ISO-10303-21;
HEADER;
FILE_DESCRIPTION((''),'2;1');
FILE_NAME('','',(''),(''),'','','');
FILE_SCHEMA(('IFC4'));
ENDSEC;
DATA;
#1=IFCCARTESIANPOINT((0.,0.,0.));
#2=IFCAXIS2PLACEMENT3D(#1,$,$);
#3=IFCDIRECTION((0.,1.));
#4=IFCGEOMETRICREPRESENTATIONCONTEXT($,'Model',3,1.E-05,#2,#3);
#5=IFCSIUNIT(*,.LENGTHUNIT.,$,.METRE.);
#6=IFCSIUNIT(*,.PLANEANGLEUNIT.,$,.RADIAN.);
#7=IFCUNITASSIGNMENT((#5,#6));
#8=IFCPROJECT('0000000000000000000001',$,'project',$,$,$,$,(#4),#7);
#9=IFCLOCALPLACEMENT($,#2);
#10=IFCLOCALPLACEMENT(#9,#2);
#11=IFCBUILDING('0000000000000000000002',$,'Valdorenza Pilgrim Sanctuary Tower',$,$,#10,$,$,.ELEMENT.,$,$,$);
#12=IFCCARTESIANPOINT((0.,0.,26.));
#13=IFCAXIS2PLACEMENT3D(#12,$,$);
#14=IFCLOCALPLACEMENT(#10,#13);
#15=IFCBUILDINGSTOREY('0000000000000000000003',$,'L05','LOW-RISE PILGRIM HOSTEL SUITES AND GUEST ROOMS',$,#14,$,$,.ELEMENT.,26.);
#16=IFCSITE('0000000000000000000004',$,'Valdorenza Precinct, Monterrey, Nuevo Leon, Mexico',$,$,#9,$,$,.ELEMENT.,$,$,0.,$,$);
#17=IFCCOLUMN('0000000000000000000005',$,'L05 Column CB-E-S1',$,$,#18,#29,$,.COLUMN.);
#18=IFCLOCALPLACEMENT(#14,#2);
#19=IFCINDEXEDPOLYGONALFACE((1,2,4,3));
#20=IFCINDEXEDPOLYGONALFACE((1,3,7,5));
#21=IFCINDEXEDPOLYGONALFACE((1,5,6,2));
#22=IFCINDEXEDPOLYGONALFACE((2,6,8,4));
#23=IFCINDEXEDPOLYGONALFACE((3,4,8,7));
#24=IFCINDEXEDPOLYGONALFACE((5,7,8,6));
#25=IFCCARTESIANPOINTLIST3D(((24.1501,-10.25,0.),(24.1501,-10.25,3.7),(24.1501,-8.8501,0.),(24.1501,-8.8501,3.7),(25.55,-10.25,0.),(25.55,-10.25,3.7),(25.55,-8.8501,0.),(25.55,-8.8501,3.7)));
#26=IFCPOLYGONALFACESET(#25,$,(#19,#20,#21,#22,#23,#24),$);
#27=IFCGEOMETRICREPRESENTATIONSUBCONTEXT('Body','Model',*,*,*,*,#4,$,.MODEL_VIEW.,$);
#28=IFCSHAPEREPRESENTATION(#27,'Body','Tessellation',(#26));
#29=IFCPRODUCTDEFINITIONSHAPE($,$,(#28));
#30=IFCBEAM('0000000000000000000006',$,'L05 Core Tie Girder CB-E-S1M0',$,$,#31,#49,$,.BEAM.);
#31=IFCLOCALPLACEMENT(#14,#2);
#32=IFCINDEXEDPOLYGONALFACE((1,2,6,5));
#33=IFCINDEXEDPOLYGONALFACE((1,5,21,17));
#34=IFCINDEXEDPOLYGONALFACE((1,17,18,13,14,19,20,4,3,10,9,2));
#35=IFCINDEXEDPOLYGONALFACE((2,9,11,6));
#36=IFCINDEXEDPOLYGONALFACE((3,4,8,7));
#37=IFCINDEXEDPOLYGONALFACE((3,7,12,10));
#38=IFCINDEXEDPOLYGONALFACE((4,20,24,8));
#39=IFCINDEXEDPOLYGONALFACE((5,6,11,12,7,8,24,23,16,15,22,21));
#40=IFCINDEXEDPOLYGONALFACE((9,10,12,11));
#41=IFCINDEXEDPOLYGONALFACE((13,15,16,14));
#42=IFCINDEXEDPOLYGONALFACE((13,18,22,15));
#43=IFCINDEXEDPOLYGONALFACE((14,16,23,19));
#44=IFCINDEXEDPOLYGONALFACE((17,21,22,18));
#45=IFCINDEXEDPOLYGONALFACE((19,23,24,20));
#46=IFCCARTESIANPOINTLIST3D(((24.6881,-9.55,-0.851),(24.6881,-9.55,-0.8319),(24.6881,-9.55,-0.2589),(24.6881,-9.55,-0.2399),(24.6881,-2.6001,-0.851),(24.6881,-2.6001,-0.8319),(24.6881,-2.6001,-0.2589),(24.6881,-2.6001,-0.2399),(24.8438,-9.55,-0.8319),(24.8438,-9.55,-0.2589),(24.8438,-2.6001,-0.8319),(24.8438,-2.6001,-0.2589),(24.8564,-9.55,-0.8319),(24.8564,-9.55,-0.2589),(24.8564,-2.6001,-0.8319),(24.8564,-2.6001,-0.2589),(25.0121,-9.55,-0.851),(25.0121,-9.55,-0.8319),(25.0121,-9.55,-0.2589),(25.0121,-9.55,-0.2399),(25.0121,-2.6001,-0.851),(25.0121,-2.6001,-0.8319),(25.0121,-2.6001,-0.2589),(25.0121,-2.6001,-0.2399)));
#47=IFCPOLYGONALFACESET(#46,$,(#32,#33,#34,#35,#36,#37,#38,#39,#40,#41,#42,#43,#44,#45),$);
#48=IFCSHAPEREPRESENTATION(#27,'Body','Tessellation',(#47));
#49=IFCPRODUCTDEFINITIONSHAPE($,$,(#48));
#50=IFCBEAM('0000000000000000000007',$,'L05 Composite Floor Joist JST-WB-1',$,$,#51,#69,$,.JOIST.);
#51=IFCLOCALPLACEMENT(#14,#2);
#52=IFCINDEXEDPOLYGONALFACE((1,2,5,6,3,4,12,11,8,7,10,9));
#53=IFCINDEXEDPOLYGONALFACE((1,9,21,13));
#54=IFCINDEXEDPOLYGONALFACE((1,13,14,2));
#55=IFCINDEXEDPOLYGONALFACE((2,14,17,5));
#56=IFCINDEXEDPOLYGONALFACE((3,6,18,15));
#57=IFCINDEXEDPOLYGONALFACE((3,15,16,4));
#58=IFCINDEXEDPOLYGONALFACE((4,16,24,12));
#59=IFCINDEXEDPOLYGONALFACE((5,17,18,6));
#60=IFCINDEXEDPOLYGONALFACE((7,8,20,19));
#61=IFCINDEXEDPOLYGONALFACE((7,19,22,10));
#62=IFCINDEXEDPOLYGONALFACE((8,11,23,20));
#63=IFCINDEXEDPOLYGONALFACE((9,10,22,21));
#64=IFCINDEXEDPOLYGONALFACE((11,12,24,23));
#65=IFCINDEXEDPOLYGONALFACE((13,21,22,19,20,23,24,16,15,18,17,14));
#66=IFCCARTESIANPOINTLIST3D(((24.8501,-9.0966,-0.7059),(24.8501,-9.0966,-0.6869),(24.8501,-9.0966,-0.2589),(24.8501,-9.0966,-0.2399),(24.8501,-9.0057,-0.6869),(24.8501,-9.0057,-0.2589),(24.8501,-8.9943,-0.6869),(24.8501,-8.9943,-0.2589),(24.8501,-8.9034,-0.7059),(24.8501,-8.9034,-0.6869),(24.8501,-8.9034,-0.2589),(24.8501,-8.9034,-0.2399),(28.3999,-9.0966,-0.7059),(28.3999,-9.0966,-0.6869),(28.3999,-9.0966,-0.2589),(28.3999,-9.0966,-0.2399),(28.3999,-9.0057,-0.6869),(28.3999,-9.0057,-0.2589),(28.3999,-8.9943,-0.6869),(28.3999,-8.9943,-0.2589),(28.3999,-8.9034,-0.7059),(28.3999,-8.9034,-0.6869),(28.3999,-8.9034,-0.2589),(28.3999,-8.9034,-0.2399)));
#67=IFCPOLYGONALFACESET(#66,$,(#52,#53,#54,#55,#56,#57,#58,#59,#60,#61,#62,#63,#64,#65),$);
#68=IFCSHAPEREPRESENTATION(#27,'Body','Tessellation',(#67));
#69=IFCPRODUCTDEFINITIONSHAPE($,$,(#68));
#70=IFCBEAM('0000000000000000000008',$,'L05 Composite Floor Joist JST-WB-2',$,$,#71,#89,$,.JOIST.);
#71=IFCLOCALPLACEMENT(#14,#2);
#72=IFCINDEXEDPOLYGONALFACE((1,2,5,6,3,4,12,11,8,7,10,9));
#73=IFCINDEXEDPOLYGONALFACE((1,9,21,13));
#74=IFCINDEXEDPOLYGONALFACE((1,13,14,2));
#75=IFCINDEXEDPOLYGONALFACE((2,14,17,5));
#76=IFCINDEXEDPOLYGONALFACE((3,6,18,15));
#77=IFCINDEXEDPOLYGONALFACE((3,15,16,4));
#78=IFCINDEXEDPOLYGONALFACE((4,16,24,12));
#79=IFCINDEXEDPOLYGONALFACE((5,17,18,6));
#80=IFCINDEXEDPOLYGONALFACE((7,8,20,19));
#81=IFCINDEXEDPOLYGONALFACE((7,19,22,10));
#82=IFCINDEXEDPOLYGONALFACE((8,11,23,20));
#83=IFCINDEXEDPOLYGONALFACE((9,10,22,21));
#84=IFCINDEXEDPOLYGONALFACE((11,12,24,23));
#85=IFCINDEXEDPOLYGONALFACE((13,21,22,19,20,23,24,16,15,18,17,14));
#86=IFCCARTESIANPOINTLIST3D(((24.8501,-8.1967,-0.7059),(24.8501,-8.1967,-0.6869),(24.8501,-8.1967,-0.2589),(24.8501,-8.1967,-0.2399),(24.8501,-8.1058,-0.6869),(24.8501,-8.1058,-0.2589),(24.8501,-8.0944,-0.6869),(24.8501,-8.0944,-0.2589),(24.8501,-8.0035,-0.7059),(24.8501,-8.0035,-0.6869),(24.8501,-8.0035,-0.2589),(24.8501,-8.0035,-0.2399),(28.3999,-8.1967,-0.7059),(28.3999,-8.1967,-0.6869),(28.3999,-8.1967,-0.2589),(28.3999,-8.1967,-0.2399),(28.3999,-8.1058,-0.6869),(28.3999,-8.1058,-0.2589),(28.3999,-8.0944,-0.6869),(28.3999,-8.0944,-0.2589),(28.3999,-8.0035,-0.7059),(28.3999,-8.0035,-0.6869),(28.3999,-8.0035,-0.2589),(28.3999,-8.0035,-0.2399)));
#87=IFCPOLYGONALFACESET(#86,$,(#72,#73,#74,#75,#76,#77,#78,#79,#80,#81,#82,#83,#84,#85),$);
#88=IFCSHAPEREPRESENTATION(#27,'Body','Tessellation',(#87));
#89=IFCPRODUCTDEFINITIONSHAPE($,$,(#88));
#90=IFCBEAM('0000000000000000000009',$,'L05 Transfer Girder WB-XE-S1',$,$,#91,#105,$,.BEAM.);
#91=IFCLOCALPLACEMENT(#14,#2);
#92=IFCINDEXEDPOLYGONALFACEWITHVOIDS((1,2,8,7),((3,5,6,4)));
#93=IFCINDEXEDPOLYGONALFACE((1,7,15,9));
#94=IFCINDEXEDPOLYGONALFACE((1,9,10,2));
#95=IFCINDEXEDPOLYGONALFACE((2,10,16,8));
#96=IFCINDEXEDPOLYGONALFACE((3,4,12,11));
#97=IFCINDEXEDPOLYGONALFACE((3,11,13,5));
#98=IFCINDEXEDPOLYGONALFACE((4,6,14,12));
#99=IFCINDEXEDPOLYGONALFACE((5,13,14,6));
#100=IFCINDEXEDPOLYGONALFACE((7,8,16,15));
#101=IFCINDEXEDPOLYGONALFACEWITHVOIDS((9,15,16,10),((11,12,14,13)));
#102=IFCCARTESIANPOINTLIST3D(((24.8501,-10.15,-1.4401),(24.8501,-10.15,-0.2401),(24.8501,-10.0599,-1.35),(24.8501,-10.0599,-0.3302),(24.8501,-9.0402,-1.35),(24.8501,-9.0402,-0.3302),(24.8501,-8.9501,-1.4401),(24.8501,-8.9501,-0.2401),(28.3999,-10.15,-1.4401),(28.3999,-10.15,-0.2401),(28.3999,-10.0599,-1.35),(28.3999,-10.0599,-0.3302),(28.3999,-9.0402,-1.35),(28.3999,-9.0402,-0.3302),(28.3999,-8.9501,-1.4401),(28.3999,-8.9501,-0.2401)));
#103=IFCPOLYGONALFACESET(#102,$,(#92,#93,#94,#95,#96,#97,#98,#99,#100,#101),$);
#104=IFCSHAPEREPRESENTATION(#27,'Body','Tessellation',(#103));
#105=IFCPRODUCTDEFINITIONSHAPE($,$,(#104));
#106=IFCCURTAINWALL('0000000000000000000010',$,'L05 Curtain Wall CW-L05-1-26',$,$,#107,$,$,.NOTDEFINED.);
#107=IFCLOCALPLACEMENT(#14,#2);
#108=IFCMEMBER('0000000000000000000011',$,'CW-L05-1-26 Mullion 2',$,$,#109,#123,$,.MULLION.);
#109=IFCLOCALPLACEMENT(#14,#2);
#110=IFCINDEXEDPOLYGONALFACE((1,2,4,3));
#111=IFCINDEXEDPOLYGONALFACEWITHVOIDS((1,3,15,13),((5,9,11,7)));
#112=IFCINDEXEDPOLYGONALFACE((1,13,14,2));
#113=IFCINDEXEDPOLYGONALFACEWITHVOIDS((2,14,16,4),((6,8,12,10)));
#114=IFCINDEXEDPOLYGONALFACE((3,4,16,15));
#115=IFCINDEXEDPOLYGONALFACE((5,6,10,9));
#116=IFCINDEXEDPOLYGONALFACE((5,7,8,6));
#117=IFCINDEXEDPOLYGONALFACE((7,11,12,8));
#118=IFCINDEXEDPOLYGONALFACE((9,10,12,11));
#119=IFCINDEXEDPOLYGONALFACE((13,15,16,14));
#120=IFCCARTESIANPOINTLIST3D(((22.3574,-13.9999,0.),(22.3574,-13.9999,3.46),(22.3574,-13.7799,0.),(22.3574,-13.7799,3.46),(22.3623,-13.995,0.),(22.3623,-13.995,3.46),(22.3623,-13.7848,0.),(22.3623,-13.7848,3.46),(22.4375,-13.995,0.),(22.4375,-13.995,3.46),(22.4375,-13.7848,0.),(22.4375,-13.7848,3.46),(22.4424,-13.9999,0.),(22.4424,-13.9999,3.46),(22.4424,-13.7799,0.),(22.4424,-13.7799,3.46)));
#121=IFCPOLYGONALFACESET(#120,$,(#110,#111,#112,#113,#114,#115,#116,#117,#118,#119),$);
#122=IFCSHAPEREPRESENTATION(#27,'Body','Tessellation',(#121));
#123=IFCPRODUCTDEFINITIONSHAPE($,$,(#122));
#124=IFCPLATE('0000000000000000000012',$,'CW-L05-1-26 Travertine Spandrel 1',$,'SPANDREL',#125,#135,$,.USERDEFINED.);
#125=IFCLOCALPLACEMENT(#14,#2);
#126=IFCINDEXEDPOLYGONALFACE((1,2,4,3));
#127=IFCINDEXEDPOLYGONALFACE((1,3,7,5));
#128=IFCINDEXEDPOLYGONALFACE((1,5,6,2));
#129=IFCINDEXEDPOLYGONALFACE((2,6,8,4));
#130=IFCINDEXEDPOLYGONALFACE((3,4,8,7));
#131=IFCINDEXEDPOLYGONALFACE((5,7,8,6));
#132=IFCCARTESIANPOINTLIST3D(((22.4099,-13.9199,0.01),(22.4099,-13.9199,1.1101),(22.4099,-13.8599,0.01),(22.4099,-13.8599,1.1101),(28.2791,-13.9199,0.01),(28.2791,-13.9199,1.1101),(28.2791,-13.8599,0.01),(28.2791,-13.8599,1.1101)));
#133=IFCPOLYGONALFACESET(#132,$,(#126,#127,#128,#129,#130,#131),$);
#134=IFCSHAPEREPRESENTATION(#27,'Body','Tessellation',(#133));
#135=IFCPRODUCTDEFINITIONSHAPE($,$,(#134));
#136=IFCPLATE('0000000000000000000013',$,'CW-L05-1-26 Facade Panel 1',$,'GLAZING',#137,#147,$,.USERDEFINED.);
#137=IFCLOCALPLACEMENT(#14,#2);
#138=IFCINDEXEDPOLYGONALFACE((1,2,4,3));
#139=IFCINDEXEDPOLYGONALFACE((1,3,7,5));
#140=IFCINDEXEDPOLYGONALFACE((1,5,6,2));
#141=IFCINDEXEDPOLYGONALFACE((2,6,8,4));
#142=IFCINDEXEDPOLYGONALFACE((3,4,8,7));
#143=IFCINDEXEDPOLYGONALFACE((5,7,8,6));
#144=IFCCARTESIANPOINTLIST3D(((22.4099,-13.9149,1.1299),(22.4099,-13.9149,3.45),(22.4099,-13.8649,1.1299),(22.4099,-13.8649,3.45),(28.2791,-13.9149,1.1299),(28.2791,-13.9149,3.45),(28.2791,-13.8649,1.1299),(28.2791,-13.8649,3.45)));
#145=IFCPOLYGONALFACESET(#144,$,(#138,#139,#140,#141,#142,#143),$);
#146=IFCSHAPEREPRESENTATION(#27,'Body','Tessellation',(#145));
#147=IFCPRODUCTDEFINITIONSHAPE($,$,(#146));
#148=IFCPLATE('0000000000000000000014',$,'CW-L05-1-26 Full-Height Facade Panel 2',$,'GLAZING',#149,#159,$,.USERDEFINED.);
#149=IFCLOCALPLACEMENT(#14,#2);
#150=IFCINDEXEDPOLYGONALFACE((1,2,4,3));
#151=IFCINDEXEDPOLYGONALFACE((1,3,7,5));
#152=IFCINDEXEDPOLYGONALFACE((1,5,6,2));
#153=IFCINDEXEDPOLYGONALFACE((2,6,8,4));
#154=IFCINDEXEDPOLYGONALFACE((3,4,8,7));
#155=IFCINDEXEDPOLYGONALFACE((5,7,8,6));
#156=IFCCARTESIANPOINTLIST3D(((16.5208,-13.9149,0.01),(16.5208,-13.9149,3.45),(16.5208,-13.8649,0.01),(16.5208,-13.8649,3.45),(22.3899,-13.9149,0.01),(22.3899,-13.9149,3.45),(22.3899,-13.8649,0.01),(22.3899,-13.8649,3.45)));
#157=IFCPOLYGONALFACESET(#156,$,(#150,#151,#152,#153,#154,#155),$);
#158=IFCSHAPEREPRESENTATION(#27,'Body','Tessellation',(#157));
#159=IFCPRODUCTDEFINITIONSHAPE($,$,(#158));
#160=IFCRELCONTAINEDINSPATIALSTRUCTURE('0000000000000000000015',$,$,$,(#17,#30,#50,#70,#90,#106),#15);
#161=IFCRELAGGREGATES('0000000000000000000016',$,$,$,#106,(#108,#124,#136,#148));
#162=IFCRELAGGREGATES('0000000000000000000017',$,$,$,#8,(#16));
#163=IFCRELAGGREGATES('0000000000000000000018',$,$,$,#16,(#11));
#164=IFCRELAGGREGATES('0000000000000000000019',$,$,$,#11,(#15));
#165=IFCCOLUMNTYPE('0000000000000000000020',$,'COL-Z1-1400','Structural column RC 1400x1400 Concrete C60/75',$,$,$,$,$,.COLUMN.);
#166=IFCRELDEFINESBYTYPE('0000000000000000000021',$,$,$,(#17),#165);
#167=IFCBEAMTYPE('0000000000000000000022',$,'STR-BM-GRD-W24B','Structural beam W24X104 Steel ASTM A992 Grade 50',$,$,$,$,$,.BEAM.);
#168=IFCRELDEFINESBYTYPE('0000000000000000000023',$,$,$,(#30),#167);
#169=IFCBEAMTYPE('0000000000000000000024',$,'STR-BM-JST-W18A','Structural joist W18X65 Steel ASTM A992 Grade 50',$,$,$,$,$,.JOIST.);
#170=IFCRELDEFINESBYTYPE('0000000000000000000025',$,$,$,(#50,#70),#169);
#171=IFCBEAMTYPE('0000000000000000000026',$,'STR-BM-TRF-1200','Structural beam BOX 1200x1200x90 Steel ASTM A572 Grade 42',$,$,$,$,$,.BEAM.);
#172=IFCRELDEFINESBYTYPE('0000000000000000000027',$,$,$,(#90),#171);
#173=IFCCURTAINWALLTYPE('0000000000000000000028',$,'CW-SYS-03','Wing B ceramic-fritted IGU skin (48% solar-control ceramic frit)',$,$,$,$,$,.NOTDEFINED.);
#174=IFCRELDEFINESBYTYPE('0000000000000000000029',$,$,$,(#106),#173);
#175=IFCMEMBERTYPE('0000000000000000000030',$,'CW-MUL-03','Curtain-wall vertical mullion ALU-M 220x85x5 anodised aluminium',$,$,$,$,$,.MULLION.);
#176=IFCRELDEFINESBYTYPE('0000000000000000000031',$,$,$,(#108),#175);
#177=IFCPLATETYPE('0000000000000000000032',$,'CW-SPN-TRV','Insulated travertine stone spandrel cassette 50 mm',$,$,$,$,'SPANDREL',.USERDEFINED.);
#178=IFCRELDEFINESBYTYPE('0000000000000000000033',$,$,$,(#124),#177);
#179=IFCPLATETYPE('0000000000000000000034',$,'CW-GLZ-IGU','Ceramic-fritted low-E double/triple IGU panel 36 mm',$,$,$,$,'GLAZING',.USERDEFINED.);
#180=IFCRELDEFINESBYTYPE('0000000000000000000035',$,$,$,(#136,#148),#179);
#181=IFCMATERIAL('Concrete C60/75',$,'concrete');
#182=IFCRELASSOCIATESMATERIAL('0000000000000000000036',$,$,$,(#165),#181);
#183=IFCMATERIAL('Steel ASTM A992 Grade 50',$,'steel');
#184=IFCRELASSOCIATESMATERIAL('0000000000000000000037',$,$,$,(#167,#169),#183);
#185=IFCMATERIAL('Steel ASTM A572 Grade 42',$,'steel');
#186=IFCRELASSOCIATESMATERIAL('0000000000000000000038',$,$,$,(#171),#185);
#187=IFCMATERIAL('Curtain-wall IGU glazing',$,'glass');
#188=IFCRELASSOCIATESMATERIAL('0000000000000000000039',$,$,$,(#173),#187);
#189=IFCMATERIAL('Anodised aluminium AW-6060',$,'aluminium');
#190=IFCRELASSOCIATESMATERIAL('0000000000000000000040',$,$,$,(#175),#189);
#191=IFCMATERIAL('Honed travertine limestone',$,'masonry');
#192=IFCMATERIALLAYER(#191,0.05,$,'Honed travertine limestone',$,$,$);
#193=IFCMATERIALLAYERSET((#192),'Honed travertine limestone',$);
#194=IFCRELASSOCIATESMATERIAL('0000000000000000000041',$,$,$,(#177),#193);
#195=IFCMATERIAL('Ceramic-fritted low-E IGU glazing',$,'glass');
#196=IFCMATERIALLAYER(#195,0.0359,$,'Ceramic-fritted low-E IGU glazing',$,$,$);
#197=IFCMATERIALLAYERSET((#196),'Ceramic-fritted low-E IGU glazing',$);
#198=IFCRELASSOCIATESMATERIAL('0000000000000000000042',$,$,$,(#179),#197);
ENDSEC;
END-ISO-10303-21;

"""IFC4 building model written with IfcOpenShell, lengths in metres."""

from ifc_helpers import new_model, si_unit, direction, frame, origin, origin_2d, place, context, subcontext, project, spatial, rectangle, hollow_rectangle, i_section, extrude, source, transform, mapped, material, layer, layer_set, material_profile, profile_set, type_object, element, aggregate, save


model = new_model("IFC4")

# Units and contexts
model_context = context("Model", 3, precision=1e-05, world=origin(), true_north=direction((0.0, 1.0)))
body_context = subcontext(model_context, "Body", "Model", "MODEL_VIEW")
ifc_project = project(units=[si_unit("LENGTHUNIT", "METRE"), si_unit("PLANEANGLEUNIT", "RADIAN")], contexts=[model_context])

# Site, building, storey
site_placement = place(None, origin())
site = spatial("IfcSite", under=ifc_project, at=site_placement, Name="Valdorenza Precinct, Monterrey, Nuevo Leon, Mexico", CompositionType="ELEMENT", RefElevation=0.0)
building_placement = place(site_placement, origin())
building = spatial("IfcBuilding", under=site, at=building_placement, Name="Valdorenza Pilgrim Sanctuary Tower", CompositionType="ELEMENT")
storey_placement = place(building_placement, frame((0.0, 0.0, 26.0)))
storey = spatial("IfcBuildingStorey", under=building, at=storey_placement, Name="L05", Description="LOW-RISE PILGRIM HOSTEL SUITES AND GUEST ROOMS", CompositionType="ELEMENT", Elevation=26.0)

# Column
ifc_material_1 = material(Name="Concrete C60/75", Category="concrete")
ifc_material_profile_1 = material_profile(ifc_material_1, rectangle(XDim=1.3999, YDim=1.3999, at=origin_2d()), Name="RC 1400x1400")
ifc_profile_set_1 = profile_set([ifc_material_profile_1], Name="Concrete C60/75")
column_type = type_object("IfcColumnType", Name="COL-Z1-1400", Description="Structural column RC 1400x1400 Concrete C60/75", PredefinedType="COLUMN", material=ifc_profile_set_1)
shared_shape_1 = source(origin(), body_context, "Body", "SweptSolid", [
    extrude(rectangle(XDim=1.3999, YDim=1.3999, at=origin_2d()), origin(), (0.0, 0.0, 1.0), 3.7),
])
column_placement = place(storey_placement, frame((24.8501, -9.55, 0.0), z_axis=(0.0, 0.0, 1.0), x_axis=(1.0, 0.0, 0.0)))
element("IfcColumn", 1, at=column_placement, inside=storey, type_object=column_type, Name="L05 Column CB-E-S1", PredefinedType="COLUMN", context=body_context, shape_type="MappedRepresentation", body=[
    mapped(shared_shape_1, transform((0.0, 0.0, 0.0), x_axis=(1.0, 0.0, 0.0), y_axis=(0.0, 1.0, 0.0), z_axis=(0.0, 0.0, 1.0), scale=1.0)),
])

# Beams
ifc_material_2 = material(Name="Steel ASTM A992 Grade 50", Category="steel")
ifc_material_profile_2 = material_profile(ifc_material_2, i_section(OverallWidth=0.324, OverallDepth=0.6111, WebThickness=0.0127, FlangeThickness=0.019, at=origin_2d()), Name="W24X104")
ifc_profile_set_2 = profile_set([ifc_material_profile_2], Name="Steel ASTM A992 Grade 50")
beam_type_1 = type_object("IfcBeamType", Name="STR-BM-GRD-W24B", Description="Structural beam W24X104 Steel ASTM A992 Grade 50", PredefinedType="BEAM", material=ifc_profile_set_2)
shared_shape_2 = source(origin(), body_context, "Body", "SweptSolid", [
    extrude(i_section(OverallWidth=0.324, OverallDepth=0.6111, WebThickness=0.0127, FlangeThickness=0.019, at=origin_2d()), origin(), (0.0, 0.0, 1.0), 6.95),
])
beam_1_placement = place(storey_placement, frame((24.8501, -9.55, -0.5454), z_axis=(0.0, 1.0, 0.0), x_axis=(-1.0, 0.0, 0.0)))
element("IfcBeam", 2, at=beam_1_placement, inside=storey, type_object=beam_type_1, Name="L05 Core Tie Girder CB-E-S1M0", PredefinedType="BEAM", context=body_context, shape_type="MappedRepresentation", body=[
    mapped(shared_shape_2, transform((0.0, 0.0, 0.0), x_axis=(1.0, 0.0, 0.0), y_axis=(0.0, 1.0, 0.0), z_axis=(0.0, 0.0, 1.0), scale=1.0)),
])
ifc_material_profile_3 = material_profile(ifc_material_2, i_section(OverallWidth=0.1931, OverallDepth=0.4661, WebThickness=0.0115, FlangeThickness=0.019, at=origin_2d()), Name="W18X65")
ifc_profile_set_3 = profile_set([ifc_material_profile_3], Name="Steel ASTM A992 Grade 50")
beam_type_2 = type_object("IfcBeamType", Name="STR-BM-JST-W18A", Description="Structural joist W18X65 Steel ASTM A992 Grade 50", PredefinedType="JOIST", material=ifc_profile_set_3)
shared_shape_3 = source(origin(), body_context, "Body", "SweptSolid", [
    extrude(i_section(OverallWidth=0.1931, OverallDepth=0.4661, WebThickness=0.0115, FlangeThickness=0.019, at=origin_2d()), origin(), (0.0, 0.0, 1.0), 3.5498),
])
for number, where, z_axis, x_axis, name in (
    (3, (24.8501, -9.0, -0.4729), (1.0, 0.0, 0.0), (0.0, 1.0, 0.0), "L05 Composite Floor Joist JST-WB-1"),
    (4, (24.8501, -8.1001, -0.4729), (1.0, 0.0, 0.0), (0.0, 1.0, 0.0), "L05 Composite Floor Joist JST-WB-2"),
):
    element("IfcBeam", number, at=place(storey_placement, frame(where, z_axis=z_axis, x_axis=x_axis)), inside=storey, type_object=beam_type_2, Name=name, PredefinedType="JOIST", context=body_context, shape_type="MappedRepresentation", body=[
        mapped(shared_shape_3, transform((0.0, 0.0, 0.0), x_axis=(1.0, 0.0, 0.0), y_axis=(0.0, 1.0, 0.0), z_axis=(0.0, 0.0, 1.0), scale=1.0)),
    ])
ifc_material_3 = material(Name="Steel ASTM A572 Grade 42", Category="steel")
ifc_material_profile_4 = material_profile(ifc_material_3, hollow_rectangle(XDim=1.2, YDim=1.2, WallThickness=0.0901, at=origin_2d()), Name="BOX 1200x1200x90")
ifc_profile_set_4 = profile_set([ifc_material_profile_4], Name="Steel ASTM A572 Grade 42")
beam_type_3 = type_object("IfcBeamType", Name="STR-BM-TRF-1200", Description="Structural beam BOX 1200x1200x90 Steel ASTM A572 Grade 42", PredefinedType="BEAM", material=ifc_profile_set_4)
shared_shape_4 = source(origin(), body_context, "Body", "SweptSolid", [
    extrude(hollow_rectangle(XDim=1.2, YDim=1.2, WallThickness=0.0901, at=origin_2d()), origin(), (0.0, 0.0, 1.0), 3.5498),
])
beam_2_placement = place(storey_placement, frame((24.8501, -9.55, -0.8401), z_axis=(1.0, 0.0, 0.0), x_axis=(0.0, 1.0, 0.0)))
element("IfcBeam", 5, at=beam_2_placement, inside=storey, type_object=beam_type_3, Name="L05 Transfer Girder WB-XE-S1", PredefinedType="BEAM", context=body_context, shape_type="MappedRepresentation", body=[
    mapped(shared_shape_4, transform((0.0, 0.0, 0.0), x_axis=(1.0, 0.0, 0.0), y_axis=(0.0, 1.0, 0.0), z_axis=(0.0, 0.0, 1.0), scale=1.0)),
])

# Curtain wall, member, plates
ifc_material_4 = material(Name="Curtain-wall IGU glazing", Category="glass")
curtain_wall_type = type_object("IfcCurtainWallType", Name="CW-SYS-03", Description="Wing B ceramic-fritted IGU skin (48% solar-control ceramic frit)", PredefinedType="NOTDEFINED", material=ifc_material_4)
curtain_wall_placement = place(storey_placement, origin())
curtain_wall = element("IfcCurtainWall", 6, at=curtain_wall_placement, inside=storey, type_object=curtain_wall_type, Name="L05 Curtain Wall CW-L05-1-26", PredefinedType="NOTDEFINED")
ifc_material_5 = material(Name="Anodised aluminium AW-6060", Category="aluminium")
ifc_material_profile_5 = material_profile(ifc_material_5, hollow_rectangle(XDim=0.085, YDim=0.22, WallThickness=0.0049, at=origin_2d()), Name="ALU-M 220x85x5")
ifc_profile_set_5 = profile_set([ifc_material_profile_5], Name="Anodised aluminium AW-6060")
member_type = type_object("IfcMemberType", Name="CW-MUL-03", Description="Curtain-wall vertical mullion ALU-M 220x85x5 anodised aluminium", PredefinedType="MULLION", material=ifc_profile_set_5)
shared_shape_5 = source(origin(), body_context, "Body", "SweptSolid", [
    extrude(hollow_rectangle(XDim=0.085, YDim=0.22, WallThickness=0.0049, at=origin_2d()), origin(), (0.0, 0.0, 1.0), 3.46),
])
member_placement = place(storey_placement, frame((22.3999, -13.8899, 0.0), z_axis=(0.0, 0.0, 1.0), x_axis=(-1.0, 0.0, 0.0)))
member = element("IfcMember", 7, at=member_placement, type_object=member_type, Name="CW-L05-1-26 Mullion 2", PredefinedType="MULLION", context=body_context, shape_type="MappedRepresentation", body=[
    mapped(shared_shape_5, transform((0.0, 0.0, 0.0), x_axis=(1.0, 0.0, 0.0), y_axis=(0.0, 1.0, 0.0), z_axis=(0.0, 0.0, 1.0), scale=1.0)),
])
ifc_material_6 = material(Name="Honed travertine limestone", Category="masonry")
ifc_layer_1 = layer(ifc_material_6, 0.05, Name="Honed travertine limestone")
ifc_layer_set_1 = layer_set([ifc_layer_1], Name="Honed travertine limestone")
plate_type_1 = type_object("IfcPlateType", Name="CW-SPN-TRV", Description="Insulated travertine stone spandrel cassette 50 mm", ElementType="SPANDREL", PredefinedType="USERDEFINED", material=ifc_layer_set_1)
shared_shape_6 = source(origin(), body_context, "Body", "SweptSolid", [
    extrude(rectangle(XDim=5.8691, YDim=0.0601, at=origin_2d()), origin(), (0.0, 0.0, 1.0), 1.1001),
])
plate_1_placement = place(storey_placement, frame((25.3445, -13.8899, 0.01), z_axis=(0.0, 0.0, 1.0), x_axis=(-1.0, 0.0, 0.0)))
plate_1 = element("IfcPlate", 8, at=plate_1_placement, type_object=plate_type_1, Name="CW-L05-1-26 Travertine Spandrel 1", ObjectType="SPANDREL", PredefinedType="USERDEFINED", context=body_context, shape_type="MappedRepresentation", body=[
    mapped(shared_shape_6, transform((0.0, 0.0, 0.0), x_axis=(1.0, 0.0, 0.0), y_axis=(0.0, 1.0, 0.0), z_axis=(0.0, 0.0, 1.0), scale=1.0)),
])
ifc_material_7 = material(Name="Ceramic-fritted low-E IGU glazing", Category="glass")
ifc_layer_2 = layer(ifc_material_7, 0.0359, Name="Ceramic-fritted low-E IGU glazing")
ifc_layer_set_2 = layer_set([ifc_layer_2], Name="Ceramic-fritted low-E IGU glazing")
plate_type_2 = type_object("IfcPlateType", Name="CW-GLZ-IGU", Description="Ceramic-fritted low-E double/triple IGU panel 36 mm", ElementType="GLAZING", PredefinedType="USERDEFINED", material=ifc_layer_set_2)
shared_shape_7 = source(origin(), body_context, "Body", "SweptSolid", [
    extrude(rectangle(XDim=5.8691, YDim=0.05, at=origin_2d()), origin(), (0.0, 0.0, 1.0), 2.3201),
])
plate_2_placement = place(storey_placement, frame((25.3445, -13.8899, 1.1299), z_axis=(0.0, 0.0, 1.0), x_axis=(-1.0, 0.0, 0.0)))
plate_2 = element("IfcPlate", 9, at=plate_2_placement, type_object=plate_type_2, Name="CW-L05-1-26 Facade Panel 1", ObjectType="GLAZING", PredefinedType="USERDEFINED", context=body_context, shape_type="MappedRepresentation", body=[
    mapped(shared_shape_7, transform((0.0, 0.0, 0.0), x_axis=(1.0, 0.0, 0.0), y_axis=(0.0, 1.0, 0.0), z_axis=(0.0, 0.0, 1.0), scale=1.0)),
])
shared_shape_8 = source(origin(), body_context, "Body", "SweptSolid", [
    extrude(rectangle(XDim=5.8691, YDim=0.05, at=origin_2d()), origin(), (0.0, 0.0, 1.0), 3.4399),
])
plate_3_placement = place(storey_placement, frame((19.4553, -13.8899, 0.01), z_axis=(0.0, 0.0, 1.0), x_axis=(-1.0, 0.0, 0.0)))
plate_3 = element("IfcPlate", 10, at=plate_3_placement, type_object=plate_type_2, Name="CW-L05-1-26 Full-Height Facade Panel 2", ObjectType="GLAZING", PredefinedType="USERDEFINED", context=body_context, shape_type="MappedRepresentation", body=[
    mapped(shared_shape_8, transform((0.0, 0.0, 0.0), x_axis=(1.0, 0.0, 0.0), y_axis=(0.0, 1.0, 0.0), z_axis=(0.0, 0.0, 1.0), scale=1.0)),
])
aggregate(curtain_wall, [member, plate_1, plate_2, plate_3])

save(model, "model.ifc")
